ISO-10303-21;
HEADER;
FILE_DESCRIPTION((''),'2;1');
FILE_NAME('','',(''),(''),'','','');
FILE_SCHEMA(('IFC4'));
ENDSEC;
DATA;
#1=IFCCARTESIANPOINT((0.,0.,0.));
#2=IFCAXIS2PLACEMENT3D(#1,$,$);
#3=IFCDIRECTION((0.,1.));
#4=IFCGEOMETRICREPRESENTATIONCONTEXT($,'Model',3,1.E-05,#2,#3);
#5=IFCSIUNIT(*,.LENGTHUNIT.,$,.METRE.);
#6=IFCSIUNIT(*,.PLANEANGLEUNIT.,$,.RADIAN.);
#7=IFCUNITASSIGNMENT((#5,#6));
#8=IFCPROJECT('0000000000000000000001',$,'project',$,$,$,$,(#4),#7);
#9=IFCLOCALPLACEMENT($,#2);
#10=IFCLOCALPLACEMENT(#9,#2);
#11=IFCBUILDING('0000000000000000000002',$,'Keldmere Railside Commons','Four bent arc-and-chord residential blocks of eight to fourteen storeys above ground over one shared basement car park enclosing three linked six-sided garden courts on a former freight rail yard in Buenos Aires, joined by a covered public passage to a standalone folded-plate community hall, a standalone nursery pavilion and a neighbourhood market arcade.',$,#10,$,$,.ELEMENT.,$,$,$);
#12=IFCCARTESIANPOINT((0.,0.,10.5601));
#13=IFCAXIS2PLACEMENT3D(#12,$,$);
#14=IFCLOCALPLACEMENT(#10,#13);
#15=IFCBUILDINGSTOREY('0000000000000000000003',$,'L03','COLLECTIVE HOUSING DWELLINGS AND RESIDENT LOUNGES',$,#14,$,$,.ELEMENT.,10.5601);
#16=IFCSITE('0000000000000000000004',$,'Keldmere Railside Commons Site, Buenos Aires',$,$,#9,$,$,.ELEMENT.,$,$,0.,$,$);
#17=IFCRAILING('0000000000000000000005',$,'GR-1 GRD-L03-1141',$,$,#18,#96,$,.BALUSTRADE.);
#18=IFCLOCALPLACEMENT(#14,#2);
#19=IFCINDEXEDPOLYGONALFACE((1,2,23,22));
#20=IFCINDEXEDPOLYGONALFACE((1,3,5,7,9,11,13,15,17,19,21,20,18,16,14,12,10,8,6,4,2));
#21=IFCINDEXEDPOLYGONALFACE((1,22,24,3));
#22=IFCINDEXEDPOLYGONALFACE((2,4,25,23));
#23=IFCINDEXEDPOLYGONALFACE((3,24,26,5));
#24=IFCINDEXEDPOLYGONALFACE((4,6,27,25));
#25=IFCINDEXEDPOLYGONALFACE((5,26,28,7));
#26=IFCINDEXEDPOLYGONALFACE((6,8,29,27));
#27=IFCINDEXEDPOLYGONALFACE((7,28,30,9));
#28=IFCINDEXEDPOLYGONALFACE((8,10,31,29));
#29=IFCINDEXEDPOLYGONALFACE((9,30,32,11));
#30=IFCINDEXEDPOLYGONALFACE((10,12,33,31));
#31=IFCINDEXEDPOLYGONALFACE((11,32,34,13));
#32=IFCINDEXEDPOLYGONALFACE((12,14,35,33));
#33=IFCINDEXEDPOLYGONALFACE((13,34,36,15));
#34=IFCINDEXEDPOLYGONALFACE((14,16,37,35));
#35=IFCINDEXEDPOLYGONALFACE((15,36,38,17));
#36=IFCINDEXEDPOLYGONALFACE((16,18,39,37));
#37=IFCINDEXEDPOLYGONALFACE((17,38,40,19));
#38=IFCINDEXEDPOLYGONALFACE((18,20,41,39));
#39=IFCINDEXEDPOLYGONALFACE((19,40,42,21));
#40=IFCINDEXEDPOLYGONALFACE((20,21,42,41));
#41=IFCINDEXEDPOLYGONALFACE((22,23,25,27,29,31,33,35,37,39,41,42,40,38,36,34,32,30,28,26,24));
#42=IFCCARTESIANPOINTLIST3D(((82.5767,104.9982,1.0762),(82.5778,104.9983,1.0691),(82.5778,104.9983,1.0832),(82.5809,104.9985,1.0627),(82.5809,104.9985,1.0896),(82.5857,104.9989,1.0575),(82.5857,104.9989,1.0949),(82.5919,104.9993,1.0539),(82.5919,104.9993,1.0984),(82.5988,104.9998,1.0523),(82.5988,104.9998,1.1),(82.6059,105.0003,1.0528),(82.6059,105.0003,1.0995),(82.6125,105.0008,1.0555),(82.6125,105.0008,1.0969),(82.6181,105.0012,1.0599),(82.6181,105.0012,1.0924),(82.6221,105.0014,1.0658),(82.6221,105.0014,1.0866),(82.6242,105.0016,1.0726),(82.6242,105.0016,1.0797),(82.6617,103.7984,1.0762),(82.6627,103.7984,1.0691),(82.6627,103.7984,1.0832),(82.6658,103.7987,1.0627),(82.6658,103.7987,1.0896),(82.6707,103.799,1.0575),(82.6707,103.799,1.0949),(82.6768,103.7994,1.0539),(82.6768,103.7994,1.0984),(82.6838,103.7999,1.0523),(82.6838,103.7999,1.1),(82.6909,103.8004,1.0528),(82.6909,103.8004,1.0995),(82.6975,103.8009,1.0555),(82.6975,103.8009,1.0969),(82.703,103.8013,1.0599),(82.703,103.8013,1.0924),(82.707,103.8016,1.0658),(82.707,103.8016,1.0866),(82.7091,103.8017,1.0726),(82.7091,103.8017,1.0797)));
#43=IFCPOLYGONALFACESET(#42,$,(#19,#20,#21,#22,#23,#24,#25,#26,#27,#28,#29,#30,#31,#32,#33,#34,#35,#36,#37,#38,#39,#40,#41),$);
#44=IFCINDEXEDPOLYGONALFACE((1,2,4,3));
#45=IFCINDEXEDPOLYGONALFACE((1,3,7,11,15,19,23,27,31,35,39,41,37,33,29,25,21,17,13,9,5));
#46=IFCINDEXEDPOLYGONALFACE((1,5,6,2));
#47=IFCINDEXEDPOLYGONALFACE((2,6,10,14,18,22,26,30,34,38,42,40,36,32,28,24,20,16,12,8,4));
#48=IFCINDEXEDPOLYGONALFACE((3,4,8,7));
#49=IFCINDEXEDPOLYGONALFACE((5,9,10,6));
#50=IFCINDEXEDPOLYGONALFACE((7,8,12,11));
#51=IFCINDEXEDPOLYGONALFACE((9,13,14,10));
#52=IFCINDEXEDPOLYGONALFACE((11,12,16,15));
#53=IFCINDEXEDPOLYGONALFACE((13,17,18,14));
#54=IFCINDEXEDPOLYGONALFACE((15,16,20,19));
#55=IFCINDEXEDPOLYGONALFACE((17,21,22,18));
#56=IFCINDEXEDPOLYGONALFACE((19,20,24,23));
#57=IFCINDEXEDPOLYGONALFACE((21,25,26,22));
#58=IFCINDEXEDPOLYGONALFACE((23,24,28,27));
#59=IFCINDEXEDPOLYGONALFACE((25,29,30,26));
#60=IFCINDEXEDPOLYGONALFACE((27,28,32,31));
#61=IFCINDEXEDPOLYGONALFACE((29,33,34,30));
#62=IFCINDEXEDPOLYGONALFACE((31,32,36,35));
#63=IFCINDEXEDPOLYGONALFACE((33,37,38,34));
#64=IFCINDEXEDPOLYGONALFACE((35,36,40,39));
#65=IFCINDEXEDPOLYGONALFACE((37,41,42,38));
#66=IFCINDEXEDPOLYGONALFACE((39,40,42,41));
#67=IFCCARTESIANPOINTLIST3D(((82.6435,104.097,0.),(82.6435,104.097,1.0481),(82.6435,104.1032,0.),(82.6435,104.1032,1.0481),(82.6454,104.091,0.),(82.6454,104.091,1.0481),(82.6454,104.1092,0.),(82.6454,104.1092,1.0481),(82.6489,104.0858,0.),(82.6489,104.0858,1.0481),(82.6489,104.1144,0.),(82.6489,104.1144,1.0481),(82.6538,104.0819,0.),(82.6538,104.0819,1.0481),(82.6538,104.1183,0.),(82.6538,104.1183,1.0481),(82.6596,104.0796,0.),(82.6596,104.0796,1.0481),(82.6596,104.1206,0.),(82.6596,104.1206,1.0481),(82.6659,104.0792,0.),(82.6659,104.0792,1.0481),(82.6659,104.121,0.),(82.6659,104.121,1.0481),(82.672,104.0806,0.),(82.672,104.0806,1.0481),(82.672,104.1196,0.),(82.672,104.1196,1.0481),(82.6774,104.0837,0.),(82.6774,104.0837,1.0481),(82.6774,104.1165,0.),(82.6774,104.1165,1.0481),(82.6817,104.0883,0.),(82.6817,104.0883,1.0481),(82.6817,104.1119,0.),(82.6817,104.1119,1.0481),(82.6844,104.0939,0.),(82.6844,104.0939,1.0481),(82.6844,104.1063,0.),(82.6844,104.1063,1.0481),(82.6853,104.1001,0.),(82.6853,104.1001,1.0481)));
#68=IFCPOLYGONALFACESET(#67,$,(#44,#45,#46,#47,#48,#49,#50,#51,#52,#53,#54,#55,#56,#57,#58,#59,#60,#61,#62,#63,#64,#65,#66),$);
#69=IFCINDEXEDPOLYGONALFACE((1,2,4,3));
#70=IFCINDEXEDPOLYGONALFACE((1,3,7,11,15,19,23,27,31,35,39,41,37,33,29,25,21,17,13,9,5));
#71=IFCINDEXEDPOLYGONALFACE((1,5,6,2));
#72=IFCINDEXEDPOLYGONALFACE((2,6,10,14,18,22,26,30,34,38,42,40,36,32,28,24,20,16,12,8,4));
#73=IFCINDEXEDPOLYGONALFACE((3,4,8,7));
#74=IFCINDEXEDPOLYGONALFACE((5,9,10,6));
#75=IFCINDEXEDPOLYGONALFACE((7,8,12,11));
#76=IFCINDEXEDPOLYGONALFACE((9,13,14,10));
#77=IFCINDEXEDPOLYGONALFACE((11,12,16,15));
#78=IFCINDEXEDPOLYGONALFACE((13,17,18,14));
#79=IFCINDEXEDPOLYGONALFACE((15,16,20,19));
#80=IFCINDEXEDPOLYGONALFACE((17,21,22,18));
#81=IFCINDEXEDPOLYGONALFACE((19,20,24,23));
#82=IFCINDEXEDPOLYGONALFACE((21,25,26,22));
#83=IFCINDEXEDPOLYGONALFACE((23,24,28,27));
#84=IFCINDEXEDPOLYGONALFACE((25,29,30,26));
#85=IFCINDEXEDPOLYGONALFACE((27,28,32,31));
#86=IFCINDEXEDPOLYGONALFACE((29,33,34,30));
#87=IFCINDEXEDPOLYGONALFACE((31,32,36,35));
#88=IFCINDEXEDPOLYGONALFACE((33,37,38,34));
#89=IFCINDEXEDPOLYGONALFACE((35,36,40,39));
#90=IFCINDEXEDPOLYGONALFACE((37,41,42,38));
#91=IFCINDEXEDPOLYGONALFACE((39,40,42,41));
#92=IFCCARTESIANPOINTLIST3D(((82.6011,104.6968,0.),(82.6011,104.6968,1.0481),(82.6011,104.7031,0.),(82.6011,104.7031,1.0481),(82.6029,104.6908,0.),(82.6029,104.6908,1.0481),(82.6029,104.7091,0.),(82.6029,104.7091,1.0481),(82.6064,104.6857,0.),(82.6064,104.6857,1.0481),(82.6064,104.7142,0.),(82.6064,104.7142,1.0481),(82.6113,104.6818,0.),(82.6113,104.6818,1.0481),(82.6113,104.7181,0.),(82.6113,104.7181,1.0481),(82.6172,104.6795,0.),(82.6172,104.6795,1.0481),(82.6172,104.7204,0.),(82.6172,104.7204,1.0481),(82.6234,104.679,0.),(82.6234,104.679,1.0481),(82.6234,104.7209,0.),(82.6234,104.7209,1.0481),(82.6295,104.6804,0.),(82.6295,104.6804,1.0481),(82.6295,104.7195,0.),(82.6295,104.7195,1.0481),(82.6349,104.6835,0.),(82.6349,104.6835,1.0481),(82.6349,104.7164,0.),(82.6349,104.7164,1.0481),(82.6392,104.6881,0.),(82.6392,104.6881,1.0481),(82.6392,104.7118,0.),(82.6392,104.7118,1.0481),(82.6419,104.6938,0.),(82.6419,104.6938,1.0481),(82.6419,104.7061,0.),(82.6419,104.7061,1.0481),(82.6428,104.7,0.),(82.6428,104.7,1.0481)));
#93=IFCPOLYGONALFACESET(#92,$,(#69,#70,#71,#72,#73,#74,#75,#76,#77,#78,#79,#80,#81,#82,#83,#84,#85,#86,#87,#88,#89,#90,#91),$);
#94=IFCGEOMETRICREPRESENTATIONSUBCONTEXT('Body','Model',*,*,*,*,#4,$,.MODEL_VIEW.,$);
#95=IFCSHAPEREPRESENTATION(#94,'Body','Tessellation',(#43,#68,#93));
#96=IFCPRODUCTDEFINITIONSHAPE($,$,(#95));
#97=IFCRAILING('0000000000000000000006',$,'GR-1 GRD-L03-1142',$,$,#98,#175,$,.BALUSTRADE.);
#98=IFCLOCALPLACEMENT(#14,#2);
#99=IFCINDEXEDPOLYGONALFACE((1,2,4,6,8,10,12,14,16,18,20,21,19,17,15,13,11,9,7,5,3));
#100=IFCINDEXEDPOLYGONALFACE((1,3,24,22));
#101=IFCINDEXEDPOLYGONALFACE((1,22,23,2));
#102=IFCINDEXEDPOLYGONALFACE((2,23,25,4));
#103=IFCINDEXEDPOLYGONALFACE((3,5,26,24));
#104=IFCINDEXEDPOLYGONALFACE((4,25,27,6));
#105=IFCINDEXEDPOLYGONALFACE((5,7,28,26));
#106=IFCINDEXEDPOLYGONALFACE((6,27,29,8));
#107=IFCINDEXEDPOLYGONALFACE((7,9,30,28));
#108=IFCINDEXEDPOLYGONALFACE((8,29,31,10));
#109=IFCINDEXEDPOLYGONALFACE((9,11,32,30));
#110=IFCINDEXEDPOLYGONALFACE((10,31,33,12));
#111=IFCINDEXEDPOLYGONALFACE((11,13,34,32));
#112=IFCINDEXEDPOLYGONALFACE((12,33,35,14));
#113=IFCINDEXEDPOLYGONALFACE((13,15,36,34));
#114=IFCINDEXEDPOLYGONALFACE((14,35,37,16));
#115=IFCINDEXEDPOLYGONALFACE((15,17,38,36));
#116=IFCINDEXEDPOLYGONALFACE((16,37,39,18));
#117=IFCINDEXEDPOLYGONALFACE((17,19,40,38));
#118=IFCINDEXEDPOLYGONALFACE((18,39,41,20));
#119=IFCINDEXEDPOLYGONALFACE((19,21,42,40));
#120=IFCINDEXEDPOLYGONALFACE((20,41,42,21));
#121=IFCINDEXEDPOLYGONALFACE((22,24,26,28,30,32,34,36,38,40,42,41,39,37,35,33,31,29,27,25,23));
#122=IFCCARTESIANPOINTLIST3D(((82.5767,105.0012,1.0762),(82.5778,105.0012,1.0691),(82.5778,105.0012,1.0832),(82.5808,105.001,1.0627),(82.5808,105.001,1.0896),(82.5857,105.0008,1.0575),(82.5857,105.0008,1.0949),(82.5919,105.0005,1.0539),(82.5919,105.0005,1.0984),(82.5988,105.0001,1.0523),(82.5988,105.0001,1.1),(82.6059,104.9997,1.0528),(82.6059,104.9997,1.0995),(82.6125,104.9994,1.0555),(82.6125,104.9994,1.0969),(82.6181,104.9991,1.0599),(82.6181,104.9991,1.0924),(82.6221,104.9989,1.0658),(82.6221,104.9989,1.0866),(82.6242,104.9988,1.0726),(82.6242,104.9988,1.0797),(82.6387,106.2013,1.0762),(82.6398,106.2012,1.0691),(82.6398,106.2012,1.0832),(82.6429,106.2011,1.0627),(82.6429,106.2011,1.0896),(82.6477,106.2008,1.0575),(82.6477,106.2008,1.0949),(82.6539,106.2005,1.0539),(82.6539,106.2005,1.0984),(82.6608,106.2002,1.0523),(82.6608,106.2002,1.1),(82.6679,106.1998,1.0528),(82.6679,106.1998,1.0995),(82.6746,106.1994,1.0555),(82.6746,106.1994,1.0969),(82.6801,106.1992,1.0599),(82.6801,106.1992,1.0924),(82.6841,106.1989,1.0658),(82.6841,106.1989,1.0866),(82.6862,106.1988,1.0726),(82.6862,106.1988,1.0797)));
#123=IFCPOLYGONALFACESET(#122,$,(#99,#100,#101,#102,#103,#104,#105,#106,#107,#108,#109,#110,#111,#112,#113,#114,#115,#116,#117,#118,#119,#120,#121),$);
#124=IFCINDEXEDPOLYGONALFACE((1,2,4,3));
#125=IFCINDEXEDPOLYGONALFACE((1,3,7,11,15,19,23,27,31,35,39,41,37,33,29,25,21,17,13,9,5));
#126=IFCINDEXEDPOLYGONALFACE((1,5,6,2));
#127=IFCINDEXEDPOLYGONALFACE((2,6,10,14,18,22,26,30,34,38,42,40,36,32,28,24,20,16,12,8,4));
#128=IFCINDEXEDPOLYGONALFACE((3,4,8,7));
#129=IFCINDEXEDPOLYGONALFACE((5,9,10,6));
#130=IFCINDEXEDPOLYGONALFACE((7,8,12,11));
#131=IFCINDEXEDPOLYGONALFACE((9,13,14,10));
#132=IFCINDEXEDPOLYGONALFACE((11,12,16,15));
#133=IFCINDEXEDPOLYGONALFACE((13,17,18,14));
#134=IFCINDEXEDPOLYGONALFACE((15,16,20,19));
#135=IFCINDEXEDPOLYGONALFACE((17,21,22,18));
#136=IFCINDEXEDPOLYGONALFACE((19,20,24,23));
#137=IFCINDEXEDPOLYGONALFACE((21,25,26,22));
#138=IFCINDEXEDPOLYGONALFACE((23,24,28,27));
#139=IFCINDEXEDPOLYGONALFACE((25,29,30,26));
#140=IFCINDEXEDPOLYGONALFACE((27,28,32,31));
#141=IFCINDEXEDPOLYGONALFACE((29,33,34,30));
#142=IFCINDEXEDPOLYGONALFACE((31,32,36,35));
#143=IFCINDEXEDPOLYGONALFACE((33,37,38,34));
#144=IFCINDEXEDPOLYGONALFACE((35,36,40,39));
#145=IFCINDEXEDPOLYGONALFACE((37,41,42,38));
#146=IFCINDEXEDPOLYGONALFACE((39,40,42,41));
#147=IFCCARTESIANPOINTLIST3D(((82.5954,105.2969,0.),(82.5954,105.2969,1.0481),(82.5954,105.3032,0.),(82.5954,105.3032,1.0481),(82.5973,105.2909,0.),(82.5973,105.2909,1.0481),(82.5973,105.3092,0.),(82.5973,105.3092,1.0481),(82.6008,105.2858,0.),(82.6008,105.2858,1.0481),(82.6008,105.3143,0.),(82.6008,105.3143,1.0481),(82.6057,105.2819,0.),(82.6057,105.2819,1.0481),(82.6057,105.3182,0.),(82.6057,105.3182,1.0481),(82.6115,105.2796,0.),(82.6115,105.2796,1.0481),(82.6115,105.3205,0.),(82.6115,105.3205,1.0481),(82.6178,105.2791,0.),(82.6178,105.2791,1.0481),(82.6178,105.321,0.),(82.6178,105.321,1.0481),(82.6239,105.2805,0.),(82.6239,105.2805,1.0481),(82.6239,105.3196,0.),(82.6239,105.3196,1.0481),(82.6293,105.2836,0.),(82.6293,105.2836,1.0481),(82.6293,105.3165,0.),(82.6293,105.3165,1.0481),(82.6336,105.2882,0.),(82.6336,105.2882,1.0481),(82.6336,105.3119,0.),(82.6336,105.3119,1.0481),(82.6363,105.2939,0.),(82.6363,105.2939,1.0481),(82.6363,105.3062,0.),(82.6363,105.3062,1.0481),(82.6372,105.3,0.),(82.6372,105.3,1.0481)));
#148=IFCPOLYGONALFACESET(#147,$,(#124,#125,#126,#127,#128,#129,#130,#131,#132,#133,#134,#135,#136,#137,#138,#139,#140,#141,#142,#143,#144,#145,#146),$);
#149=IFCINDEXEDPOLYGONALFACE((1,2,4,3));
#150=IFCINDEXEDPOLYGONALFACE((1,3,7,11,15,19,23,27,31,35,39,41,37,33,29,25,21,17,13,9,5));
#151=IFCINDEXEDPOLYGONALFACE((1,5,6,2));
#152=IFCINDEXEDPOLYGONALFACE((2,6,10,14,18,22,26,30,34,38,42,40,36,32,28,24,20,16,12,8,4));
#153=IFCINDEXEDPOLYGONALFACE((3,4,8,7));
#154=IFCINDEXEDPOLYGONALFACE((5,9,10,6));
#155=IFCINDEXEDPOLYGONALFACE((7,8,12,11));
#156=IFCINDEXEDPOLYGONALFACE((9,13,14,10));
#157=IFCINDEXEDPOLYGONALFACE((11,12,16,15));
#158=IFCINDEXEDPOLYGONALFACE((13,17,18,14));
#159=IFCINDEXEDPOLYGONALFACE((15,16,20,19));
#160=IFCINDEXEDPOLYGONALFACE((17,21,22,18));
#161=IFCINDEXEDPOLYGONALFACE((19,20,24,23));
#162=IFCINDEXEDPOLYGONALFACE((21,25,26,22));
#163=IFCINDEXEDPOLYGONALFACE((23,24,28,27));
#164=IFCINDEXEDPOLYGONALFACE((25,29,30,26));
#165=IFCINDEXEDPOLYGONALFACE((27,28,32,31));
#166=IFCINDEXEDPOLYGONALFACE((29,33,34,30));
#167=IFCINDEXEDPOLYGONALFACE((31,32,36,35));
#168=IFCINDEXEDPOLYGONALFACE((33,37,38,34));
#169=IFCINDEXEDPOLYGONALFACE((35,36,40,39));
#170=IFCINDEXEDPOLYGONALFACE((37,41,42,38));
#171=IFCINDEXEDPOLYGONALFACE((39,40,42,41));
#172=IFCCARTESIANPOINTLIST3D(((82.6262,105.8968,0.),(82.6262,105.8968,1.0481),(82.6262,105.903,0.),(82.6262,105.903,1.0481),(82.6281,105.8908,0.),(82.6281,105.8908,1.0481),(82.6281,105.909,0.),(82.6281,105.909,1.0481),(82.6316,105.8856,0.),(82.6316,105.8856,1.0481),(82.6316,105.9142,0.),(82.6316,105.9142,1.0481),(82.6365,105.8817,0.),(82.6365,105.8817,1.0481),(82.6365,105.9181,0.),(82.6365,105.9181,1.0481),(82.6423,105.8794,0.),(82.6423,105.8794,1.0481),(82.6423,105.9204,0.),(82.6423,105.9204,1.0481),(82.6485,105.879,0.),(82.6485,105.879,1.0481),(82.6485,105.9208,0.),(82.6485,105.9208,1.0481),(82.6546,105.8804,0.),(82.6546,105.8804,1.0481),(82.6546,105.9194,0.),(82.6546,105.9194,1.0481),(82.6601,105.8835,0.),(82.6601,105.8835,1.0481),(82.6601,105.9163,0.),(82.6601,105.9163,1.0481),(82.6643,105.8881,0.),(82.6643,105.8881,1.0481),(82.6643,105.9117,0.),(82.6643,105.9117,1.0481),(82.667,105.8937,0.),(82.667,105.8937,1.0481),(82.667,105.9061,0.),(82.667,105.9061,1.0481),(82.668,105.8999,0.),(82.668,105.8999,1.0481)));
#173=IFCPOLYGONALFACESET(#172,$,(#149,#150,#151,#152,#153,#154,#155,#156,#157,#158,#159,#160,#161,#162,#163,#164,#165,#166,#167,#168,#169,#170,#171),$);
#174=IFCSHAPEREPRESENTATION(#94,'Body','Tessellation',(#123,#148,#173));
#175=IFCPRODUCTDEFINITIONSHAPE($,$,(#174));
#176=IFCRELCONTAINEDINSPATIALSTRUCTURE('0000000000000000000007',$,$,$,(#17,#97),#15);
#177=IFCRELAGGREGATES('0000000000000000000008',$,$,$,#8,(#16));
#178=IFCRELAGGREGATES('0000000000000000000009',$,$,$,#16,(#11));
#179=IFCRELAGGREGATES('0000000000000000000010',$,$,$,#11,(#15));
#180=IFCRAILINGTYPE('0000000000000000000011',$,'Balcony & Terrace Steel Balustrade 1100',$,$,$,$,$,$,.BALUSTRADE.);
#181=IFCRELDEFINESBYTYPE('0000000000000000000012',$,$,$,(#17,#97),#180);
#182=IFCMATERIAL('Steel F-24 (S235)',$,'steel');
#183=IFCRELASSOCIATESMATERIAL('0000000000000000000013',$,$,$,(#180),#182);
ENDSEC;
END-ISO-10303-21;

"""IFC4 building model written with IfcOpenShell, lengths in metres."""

from ifc_helpers import new_model, si_unit, direction, frame, origin, origin_2d, place, context, subcontext, project, spatial, circle, extrude, material, type_object, element, save


model = new_model("IFC4")

# Units and contexts
model_context = context("Model", 3, precision=1e-05, world=origin(), true_north=direction((0.0, 1.0)))
body_context = subcontext(model_context, "Body", "Model", "MODEL_VIEW")
ifc_project = project(units=[si_unit("LENGTHUNIT", "METRE"), si_unit("PLANEANGLEUNIT", "RADIAN")], contexts=[model_context])

# Site, building, storey
site_placement = place(None, origin())
site = spatial("IfcSite", under=ifc_project, at=site_placement, Name="Keldmere Railside Commons Site, Buenos Aires", CompositionType="ELEMENT", RefElevation=0.0)
building_placement = place(site_placement, origin())
building = spatial("IfcBuilding", under=site, at=building_placement, Name="Keldmere Railside Commons", Description="Four bent arc-and-chord residential blocks of eight to fourteen storeys above ground over one shared basement car park enclosing three linked six-sided garden courts on a former freight rail yard in Buenos Aires, joined by a covered public passage to a standalone folded-plate community hall, a standalone nursery pavilion and a neighbourhood market arcade.", CompositionType="ELEMENT")
storey_placement = place(building_placement, frame((0.0, 0.0, 10.5601)))
storey = spatial("IfcBuildingStorey", under=building, at=storey_placement, Name="L03", Description="COLLECTIVE HOUSING DWELLINGS AND RESIDENT LOUNGES", CompositionType="ELEMENT", Elevation=10.5601)

# Shared definitions
ifc_material_1 = material(Name="Steel F-24 (S235)", Category="steel")

# Railings
railing_type_1 = type_object("IfcRailingType", Name="Balcony & Terrace Steel Balustrade 1100", PredefinedType="BALUSTRADE", material=ifc_material_1)
railing_1_placement = place(storey_placement, frame((82.6855, 103.8, 0.0)))
element("IfcRailing", 1, at=railing_1_placement, inside=storey, type_object=railing_type_1, Name="GR-1 GRD-L03-1141", PredefinedType="BALUSTRADE", context=body_context, shape_type="SweptSolid", body=[
    extrude(circle(Radius=0.0239, at=origin_2d()), frame((0.0, 0.0, 1.0762), z_axis=(-0.070627, 0.997503, 0.0), x_axis=(-0.997503, -0.070627, 0.0)), (0.0, 0.0, 1.0), 1.2029),
    extrude(circle(Radius=0.021, at=origin_2d()), frame((-0.0212, 0.3, 0.0)), (0.0, 0.0, 1.0), 1.0481),
    extrude(circle(Radius=0.021, at=origin_2d()), frame((-0.0637, 0.8999, 0.0)), (0.0, 0.0, 1.0), 1.0481),
])
railing_2_placement = place(storey_placement, frame((82.6006, 105.0, 0.0)))
element("IfcRailing", 2, at=railing_2_placement, inside=storey, type_object=railing_type_1, Name="GR-1 GRD-L03-1142", PredefinedType="BALUSTRADE", context=body_context, shape_type="SweptSolid", body=[
    extrude(circle(Radius=0.0239, at=origin_2d()), frame((0.0, 0.0, 1.0762), z_axis=(0.05161, 0.998667, 0.0), x_axis=(-0.998667, 0.05161, 0.0)), (0.0, 0.0, 1.0), 1.2017),
    extrude(circle(Radius=0.021, at=origin_2d()), frame((0.0156, 0.3, 0.0)), (0.0, 0.0, 1.0), 1.0481),
    extrude(circle(Radius=0.021, at=origin_2d()), frame((0.0464, 0.8999, 0.0)), (0.0, 0.0, 1.0), 1.0481),
])

save(model, "model.ifc")
